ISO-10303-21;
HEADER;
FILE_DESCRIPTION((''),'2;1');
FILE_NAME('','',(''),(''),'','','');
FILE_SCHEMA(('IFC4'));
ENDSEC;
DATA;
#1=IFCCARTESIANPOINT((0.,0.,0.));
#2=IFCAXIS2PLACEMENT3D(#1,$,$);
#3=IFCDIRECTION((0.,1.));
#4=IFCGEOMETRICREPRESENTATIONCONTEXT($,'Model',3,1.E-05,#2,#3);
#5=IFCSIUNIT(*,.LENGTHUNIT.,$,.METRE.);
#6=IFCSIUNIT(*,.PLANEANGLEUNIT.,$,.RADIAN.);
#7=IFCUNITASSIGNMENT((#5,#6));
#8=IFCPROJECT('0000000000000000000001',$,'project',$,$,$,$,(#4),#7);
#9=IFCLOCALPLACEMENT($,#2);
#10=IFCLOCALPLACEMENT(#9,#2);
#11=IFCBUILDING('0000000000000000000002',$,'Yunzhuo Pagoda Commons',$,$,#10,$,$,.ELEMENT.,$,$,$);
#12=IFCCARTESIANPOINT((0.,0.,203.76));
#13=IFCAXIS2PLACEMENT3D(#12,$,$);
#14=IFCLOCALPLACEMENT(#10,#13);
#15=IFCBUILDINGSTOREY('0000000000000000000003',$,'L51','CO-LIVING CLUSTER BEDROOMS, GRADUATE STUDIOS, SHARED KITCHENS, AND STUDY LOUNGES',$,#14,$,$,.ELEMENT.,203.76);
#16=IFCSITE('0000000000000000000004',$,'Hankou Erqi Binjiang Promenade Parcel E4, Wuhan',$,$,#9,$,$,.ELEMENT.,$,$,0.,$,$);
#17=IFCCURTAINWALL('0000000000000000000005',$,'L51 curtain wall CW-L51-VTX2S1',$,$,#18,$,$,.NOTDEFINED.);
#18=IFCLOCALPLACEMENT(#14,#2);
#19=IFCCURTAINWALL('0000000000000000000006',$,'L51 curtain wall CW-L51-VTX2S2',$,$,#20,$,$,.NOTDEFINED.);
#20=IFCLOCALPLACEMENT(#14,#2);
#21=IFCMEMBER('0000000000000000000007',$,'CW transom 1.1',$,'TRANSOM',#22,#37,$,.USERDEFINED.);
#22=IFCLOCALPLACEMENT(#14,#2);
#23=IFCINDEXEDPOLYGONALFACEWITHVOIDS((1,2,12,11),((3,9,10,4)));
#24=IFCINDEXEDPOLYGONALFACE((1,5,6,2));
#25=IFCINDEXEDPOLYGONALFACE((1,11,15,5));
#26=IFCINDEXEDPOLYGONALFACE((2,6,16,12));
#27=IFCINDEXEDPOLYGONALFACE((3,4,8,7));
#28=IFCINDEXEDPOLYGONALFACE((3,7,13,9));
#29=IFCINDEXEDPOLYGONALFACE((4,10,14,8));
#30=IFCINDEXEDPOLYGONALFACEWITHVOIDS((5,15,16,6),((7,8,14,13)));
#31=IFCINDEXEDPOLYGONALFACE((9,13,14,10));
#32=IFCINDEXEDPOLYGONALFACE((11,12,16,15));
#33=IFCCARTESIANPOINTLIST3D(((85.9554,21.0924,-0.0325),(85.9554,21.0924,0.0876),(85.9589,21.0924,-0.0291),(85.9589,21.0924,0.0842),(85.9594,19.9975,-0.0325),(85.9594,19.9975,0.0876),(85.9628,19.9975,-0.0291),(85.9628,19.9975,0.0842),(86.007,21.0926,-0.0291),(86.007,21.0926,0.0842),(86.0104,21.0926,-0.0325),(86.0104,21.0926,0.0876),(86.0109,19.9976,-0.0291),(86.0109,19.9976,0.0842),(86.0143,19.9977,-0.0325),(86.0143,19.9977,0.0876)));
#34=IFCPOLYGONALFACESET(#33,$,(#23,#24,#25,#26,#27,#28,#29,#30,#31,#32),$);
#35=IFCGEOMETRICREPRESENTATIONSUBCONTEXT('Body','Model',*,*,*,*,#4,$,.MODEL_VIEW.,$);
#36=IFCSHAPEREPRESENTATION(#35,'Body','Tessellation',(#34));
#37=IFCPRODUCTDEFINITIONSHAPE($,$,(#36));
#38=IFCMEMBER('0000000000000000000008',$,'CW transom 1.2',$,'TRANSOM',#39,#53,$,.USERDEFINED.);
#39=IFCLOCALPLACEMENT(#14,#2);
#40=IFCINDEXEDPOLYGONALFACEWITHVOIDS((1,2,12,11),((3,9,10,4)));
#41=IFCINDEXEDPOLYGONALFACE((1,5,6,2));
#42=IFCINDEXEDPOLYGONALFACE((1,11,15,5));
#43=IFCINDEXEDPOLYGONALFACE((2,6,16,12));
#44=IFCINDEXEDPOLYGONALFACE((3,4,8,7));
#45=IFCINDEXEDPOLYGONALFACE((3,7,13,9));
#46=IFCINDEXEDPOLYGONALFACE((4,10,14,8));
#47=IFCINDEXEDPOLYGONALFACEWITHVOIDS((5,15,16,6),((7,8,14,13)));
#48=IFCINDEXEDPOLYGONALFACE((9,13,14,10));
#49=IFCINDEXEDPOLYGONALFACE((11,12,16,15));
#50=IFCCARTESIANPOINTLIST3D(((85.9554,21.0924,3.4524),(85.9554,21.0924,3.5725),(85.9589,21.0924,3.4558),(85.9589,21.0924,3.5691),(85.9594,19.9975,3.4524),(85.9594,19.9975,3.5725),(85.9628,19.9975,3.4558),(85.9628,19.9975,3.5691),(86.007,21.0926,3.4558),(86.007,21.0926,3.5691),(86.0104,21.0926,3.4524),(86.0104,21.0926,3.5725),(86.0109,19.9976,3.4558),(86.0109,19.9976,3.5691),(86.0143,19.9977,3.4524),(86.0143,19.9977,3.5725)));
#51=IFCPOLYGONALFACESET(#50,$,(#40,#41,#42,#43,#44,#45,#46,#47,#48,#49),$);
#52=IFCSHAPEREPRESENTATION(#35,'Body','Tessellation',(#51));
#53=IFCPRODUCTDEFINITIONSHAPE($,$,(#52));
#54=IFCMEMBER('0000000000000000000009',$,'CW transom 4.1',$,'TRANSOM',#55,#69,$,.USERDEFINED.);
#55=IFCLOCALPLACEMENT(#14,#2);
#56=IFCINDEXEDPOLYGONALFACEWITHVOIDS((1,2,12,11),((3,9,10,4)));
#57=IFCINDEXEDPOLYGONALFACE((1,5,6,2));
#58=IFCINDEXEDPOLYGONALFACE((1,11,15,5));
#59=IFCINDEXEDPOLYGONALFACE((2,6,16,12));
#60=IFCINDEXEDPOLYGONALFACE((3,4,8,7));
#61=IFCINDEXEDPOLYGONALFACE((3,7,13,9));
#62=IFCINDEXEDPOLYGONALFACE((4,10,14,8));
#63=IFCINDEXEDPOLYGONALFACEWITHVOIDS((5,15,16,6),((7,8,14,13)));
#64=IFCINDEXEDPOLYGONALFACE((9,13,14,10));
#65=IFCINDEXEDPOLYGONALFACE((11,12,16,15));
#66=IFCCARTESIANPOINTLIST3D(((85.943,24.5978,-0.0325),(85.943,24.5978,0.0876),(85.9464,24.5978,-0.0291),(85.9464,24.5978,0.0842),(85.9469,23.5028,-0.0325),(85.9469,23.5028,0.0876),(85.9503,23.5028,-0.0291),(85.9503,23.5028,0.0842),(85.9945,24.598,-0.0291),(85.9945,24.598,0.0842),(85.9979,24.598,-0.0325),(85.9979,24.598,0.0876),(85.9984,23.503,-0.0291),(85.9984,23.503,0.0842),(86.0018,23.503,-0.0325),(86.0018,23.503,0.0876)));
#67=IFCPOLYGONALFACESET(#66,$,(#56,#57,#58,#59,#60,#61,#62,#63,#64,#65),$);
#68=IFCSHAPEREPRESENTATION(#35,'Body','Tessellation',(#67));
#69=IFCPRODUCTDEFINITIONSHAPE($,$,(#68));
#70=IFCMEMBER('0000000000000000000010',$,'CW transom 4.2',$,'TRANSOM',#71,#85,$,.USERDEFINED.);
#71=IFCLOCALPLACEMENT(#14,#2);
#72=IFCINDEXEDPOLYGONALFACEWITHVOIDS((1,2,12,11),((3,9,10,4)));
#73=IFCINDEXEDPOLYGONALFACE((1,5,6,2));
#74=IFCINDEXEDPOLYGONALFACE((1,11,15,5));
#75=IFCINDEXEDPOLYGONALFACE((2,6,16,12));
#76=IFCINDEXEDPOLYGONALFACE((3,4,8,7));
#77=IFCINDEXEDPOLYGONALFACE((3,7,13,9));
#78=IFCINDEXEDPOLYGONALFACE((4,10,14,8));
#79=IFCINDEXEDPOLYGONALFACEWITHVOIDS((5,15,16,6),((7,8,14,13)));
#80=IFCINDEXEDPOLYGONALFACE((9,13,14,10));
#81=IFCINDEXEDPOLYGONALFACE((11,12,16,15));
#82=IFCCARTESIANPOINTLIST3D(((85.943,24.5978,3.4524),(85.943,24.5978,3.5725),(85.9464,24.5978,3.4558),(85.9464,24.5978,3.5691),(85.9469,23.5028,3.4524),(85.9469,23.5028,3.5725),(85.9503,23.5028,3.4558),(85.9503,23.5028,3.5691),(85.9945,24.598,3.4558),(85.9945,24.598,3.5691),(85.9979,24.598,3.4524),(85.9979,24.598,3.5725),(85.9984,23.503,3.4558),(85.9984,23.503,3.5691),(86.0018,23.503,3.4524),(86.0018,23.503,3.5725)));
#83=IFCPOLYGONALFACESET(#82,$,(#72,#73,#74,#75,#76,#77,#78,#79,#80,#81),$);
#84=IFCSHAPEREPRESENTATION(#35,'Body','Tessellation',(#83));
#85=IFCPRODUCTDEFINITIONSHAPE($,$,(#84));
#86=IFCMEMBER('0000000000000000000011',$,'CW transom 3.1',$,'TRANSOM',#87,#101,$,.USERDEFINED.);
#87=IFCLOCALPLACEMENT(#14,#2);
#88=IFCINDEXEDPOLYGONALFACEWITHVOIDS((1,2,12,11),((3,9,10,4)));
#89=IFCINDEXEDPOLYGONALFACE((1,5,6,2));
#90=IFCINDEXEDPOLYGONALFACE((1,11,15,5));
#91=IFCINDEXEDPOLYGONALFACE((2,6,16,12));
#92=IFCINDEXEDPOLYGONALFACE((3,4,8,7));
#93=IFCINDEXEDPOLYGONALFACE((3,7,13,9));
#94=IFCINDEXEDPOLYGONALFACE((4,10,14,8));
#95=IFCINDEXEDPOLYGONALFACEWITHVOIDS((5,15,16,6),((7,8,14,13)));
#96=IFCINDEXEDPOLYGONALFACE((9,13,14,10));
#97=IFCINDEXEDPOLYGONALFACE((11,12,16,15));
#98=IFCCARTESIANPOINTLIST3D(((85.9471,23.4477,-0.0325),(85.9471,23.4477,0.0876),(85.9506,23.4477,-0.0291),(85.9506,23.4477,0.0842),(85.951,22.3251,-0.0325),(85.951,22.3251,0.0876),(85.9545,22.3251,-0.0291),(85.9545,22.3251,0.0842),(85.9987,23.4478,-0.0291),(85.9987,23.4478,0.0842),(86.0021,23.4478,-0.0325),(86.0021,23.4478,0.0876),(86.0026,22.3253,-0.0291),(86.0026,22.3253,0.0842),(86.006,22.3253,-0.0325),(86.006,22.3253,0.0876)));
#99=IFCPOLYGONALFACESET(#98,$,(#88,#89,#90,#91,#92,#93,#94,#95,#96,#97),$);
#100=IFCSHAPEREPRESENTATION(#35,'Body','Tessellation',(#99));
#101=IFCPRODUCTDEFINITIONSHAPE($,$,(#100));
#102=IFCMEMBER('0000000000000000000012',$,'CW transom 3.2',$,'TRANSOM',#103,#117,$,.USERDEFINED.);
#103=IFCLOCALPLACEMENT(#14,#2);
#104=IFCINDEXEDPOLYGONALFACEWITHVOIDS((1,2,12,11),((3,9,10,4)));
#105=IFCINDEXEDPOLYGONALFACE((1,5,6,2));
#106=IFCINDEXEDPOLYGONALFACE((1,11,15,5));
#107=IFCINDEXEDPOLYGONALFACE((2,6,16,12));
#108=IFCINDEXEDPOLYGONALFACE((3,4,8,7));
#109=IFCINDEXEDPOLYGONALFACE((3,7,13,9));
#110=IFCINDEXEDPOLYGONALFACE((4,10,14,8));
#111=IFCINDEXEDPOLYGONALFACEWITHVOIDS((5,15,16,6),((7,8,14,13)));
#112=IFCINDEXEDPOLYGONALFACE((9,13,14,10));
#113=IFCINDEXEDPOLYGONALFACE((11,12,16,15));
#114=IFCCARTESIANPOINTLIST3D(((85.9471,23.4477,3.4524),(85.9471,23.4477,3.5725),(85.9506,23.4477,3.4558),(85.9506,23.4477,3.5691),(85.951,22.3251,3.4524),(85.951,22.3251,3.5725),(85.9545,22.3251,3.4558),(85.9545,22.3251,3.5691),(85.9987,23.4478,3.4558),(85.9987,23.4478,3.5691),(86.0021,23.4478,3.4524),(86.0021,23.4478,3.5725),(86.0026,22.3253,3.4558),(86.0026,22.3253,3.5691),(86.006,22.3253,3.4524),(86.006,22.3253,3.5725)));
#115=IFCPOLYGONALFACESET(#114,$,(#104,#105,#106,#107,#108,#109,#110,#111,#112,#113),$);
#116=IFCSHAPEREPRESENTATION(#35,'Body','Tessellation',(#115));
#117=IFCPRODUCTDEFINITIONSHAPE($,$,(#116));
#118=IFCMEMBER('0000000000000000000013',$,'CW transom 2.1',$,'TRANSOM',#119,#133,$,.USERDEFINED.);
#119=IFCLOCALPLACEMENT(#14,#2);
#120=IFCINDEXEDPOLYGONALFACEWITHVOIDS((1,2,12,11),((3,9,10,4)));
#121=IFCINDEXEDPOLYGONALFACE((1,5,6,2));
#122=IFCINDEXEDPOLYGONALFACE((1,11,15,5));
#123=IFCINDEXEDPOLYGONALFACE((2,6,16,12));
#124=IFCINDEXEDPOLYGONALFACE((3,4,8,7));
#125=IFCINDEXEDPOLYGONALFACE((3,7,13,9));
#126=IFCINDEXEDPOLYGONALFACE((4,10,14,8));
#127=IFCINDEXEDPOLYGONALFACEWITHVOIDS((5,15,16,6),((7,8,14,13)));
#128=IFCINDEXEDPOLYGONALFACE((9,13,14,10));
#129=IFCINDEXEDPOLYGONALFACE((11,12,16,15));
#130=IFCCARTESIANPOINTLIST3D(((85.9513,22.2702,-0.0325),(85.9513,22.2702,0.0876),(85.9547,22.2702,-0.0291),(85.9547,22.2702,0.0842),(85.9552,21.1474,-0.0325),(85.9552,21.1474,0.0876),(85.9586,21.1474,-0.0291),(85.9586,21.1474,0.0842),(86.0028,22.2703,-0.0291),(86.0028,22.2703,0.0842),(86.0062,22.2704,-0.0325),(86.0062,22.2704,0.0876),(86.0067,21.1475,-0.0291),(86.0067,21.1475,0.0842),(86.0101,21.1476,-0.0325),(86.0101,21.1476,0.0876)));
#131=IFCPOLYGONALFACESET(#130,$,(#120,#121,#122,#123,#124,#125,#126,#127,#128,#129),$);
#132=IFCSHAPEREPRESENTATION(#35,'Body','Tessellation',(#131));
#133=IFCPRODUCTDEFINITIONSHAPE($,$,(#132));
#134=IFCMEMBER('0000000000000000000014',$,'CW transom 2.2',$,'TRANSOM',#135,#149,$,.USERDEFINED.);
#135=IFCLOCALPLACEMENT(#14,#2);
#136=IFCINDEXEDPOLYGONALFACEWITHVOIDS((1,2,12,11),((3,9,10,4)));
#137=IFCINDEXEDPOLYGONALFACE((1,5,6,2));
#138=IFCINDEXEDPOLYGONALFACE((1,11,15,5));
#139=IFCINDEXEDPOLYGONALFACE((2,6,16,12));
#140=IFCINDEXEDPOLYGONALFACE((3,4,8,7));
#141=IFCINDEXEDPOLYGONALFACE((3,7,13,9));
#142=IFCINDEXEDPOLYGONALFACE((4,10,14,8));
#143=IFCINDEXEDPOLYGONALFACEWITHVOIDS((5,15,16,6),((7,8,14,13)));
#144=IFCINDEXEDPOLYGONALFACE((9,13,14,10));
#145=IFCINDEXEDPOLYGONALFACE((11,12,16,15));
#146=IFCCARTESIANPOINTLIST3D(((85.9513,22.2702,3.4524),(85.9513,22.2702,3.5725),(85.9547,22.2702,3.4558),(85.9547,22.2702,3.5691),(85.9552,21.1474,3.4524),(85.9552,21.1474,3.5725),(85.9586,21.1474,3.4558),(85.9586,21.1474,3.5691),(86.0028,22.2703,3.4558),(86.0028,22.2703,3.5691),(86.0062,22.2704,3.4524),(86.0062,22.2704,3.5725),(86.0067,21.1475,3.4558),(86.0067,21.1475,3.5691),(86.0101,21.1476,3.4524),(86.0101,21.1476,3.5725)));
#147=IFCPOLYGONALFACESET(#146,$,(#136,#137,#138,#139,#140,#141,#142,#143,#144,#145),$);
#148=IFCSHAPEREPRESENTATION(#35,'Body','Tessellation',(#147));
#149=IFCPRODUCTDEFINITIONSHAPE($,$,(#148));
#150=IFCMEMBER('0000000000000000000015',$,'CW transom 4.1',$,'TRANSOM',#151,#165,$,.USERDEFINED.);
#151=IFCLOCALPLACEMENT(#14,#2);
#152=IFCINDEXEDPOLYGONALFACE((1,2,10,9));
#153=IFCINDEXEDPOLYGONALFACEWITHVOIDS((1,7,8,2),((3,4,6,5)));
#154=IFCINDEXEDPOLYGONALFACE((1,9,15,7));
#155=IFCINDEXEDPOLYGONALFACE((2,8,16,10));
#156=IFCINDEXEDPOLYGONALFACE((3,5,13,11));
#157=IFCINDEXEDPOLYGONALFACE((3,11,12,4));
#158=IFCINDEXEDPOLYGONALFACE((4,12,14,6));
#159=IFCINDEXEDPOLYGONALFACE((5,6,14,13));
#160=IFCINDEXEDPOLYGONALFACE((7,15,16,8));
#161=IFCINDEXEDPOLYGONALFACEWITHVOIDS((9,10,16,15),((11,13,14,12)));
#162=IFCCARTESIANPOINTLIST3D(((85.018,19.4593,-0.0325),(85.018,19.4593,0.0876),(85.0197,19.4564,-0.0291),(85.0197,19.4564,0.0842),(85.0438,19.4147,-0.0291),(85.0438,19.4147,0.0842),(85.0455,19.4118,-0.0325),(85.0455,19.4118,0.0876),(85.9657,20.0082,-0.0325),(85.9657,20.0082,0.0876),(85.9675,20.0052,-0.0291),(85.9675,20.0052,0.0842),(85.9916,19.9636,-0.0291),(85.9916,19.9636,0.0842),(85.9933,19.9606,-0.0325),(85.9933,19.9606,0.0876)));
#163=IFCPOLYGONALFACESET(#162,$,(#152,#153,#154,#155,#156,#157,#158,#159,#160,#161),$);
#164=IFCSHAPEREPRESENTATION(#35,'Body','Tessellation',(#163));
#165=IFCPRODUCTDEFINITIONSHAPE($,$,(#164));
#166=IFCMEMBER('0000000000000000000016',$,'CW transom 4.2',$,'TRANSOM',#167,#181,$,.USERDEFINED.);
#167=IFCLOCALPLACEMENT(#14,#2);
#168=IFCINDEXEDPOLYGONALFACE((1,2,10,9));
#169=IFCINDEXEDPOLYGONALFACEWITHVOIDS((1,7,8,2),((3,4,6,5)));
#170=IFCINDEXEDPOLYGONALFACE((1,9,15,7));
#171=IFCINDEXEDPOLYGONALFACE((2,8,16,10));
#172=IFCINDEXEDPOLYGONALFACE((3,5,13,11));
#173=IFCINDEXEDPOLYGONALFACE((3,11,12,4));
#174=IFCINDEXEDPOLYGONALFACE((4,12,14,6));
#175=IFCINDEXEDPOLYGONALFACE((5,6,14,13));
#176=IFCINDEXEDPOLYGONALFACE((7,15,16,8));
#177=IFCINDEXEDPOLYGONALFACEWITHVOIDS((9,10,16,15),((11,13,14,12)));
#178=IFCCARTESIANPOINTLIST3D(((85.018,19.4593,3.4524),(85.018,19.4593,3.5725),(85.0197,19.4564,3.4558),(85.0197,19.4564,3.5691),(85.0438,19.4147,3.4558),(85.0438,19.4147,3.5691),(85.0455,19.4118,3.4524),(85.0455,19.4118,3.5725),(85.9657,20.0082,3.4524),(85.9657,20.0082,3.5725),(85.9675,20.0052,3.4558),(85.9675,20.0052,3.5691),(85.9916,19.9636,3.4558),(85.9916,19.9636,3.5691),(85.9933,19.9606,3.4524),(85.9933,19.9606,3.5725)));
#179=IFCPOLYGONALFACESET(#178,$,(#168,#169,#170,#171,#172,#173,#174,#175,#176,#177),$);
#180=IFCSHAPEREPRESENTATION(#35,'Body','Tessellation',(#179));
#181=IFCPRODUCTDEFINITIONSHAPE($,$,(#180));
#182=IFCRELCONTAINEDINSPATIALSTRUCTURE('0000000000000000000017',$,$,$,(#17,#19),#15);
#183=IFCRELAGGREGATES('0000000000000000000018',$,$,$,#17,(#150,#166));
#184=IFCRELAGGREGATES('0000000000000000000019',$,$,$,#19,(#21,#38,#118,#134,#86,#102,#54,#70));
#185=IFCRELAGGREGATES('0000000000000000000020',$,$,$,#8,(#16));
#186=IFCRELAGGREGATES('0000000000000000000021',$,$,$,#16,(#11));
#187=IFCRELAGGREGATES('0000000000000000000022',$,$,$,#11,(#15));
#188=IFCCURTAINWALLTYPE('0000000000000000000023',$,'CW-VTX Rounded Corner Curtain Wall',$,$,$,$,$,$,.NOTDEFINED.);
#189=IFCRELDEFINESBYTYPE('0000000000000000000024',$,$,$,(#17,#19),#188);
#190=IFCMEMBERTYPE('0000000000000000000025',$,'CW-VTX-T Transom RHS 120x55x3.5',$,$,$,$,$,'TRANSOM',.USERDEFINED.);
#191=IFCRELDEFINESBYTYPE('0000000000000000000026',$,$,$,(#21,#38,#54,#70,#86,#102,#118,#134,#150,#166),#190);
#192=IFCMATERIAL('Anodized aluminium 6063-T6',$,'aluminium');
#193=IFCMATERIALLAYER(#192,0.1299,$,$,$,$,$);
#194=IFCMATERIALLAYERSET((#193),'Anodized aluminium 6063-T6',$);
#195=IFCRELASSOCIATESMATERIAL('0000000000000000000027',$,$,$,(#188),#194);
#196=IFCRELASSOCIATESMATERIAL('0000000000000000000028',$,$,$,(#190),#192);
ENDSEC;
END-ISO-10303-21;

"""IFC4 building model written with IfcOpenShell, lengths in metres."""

from ifc_helpers import new_model, si_unit, direction, frame, origin, origin_2d, place, context, subcontext, project, spatial, hollow_rectangle, extrude, source, transform, mapped, material, layer, layer_set, material_profile, profile_set, type_object, element, aggregate, save


model = new_model("IFC4")

# Units and contexts
model_context = context("Model", 3, precision=1e-05, world=origin(), true_north=direction((0.0, 1.0)))
body_context = subcontext(model_context, "Body", "Model", "MODEL_VIEW")
ifc_project = project(units=[si_unit("LENGTHUNIT", "METRE"), si_unit("PLANEANGLEUNIT", "RADIAN")], contexts=[model_context])

# Site, building, storey
site_placement = place(None, origin())
site = spatial("IfcSite", under=ifc_project, at=site_placement, Name="Hankou Erqi Binjiang Promenade Parcel E4, Wuhan", CompositionType="ELEMENT", RefElevation=0.0)
building_placement = place(site_placement, origin())
building = spatial("IfcBuilding", under=site, at=building_placement, Name="Yunzhuo Pagoda Commons", CompositionType="ELEMENT")
storey_placement = place(building_placement, frame((0.0, 0.0, 203.76)))
storey = spatial("IfcBuildingStorey", under=building, at=storey_placement, Name="L51", Description="CO-LIVING CLUSTER BEDROOMS, GRADUATE STUDIOS, SHARED KITCHENS, AND STUDY LOUNGES", CompositionType="ELEMENT", Elevation=203.76)

# Curtain wall
ifc_material_1 = material(Name="Anodized aluminium 6063-T6", Category="aluminium")
ifc_layer_1 = layer(ifc_material_1, 0.1299)
ifc_layer_set_1 = layer_set([ifc_layer_1], Name="Anodized aluminium 6063-T6")
curtain_wall_type_1 = type_object("IfcCurtainWallType", Name="CW-VTX Rounded Corner Curtain Wall", PredefinedType="NOTDEFINED", material=ifc_layer_set_1)
curtain_wall_1_placement = place(storey_placement, origin())
curtain_wall_1 = element("IfcCurtainWall", 1, at=curtain_wall_1_placement, inside=storey, type_object=curtain_wall_type_1, Name="L51 curtain wall CW-L51-VTX2S1", PredefinedType="NOTDEFINED")

# Curtain wall
curtain_wall_2_placement = place(storey_placement, origin())
curtain_wall_2 = element("IfcCurtainWall", 2, at=curtain_wall_2_placement, inside=storey, type_object=curtain_wall_type_1, Name="L51 curtain wall CW-L51-VTX2S2", PredefinedType="NOTDEFINED")

# Members
ifc_material_profile_1 = material_profile(ifc_material_1, hollow_rectangle(XDim=0.0549, YDim=0.1201, WallThickness=0.0034, at=origin_2d()), Name="Anodized aluminium 6063-T6")
ifc_profile_set_1 = profile_set([ifc_material_profile_1], Name="Anodized aluminium 6063-T6")
member_type_1 = type_object("IfcMemberType", Name="CW-VTX-T Transom RHS 120x55x3.5", ElementType="TRANSOM", PredefinedType="USERDEFINED", material=ifc_profile_set_1)
shared_shape_1 = source(origin(), body_context, "Body", "SweptSolid", [
    extrude(hollow_rectangle(XDim=0.0549, YDim=0.1201, WallThickness=0.0034, at=origin_2d()), origin(), (0.0, 0.0, 1.0), 1.095),
])
member_1_placement = place(storey_placement, frame((85.9868, 19.9976, 0.0276), z_axis=(-0.003567, 0.999994, 0.0), x_axis=(-0.999994, -0.003567, 0.0)))
member_1 = element("IfcMember", 3, at=member_1_placement, type_object=member_type_1, Name="CW transom 1.1", ObjectType="TRANSOM", PredefinedType="USERDEFINED", context=body_context, shape_type="MappedRepresentation", body=[
    mapped(shared_shape_1, transform((0.0, 0.0, 0.0), scale=1.0)),
])
member_2_placement = place(storey_placement, frame((85.9868, 19.9976, 3.5125), z_axis=(-0.003567, 0.999994, 0.0), x_axis=(-0.999994, -0.003567, 0.0)))
member_2 = element("IfcMember", 4, at=member_2_placement, type_object=member_type_1, Name="CW transom 1.2", ObjectType="TRANSOM", PredefinedType="USERDEFINED", context=body_context, shape_type="MappedRepresentation", body=[
    mapped(shared_shape_1, transform((0.0, 0.0, 0.0), scale=1.0)),
])
member_3_placement = place(storey_placement, frame((85.9744, 23.5029, 0.0276), z_axis=(-0.003567, 0.999994, 0.0), x_axis=(-0.999994, -0.003567, 0.0)))
member_3 = element("IfcMember", 5, at=member_3_placement, type_object=member_type_1, Name="CW transom 4.1", ObjectType="TRANSOM", PredefinedType="USERDEFINED", context=body_context, shape_type="MappedRepresentation", body=[
    mapped(shared_shape_1, transform((0.0, 0.0, 0.0), scale=1.0)),
])
member_4_placement = place(storey_placement, frame((85.9744, 23.5029, 3.5125), z_axis=(-0.003567, 0.999994, 0.0), x_axis=(-0.999994, -0.003567, 0.0)))
member_4 = element("IfcMember", 6, at=member_4_placement, type_object=member_type_1, Name="CW transom 4.2", ObjectType="TRANSOM", PredefinedType="USERDEFINED", context=body_context, shape_type="MappedRepresentation", body=[
    mapped(shared_shape_1, transform((0.0, 0.0, 0.0), scale=1.0)),
])
shared_shape_2 = source(origin(), body_context, "Body", "SweptSolid", [
    extrude(hollow_rectangle(XDim=0.0549, YDim=0.1201, WallThickness=0.0034, at=origin_2d()), origin(), (0.0, 0.0, 1.0), 1.1226),
])
member_5_placement = place(storey_placement, frame((85.9785, 22.3252, 0.0276), z_axis=(-0.00348, 0.999994, 0.0), x_axis=(-0.999994, -0.00348, 0.0)))
member_5 = element("IfcMember", 7, at=member_5_placement, type_object=member_type_1, Name="CW transom 3.1", ObjectType="TRANSOM", PredefinedType="USERDEFINED", context=body_context, shape_type="MappedRepresentation", body=[
    mapped(shared_shape_2, transform((0.0, 0.0, 0.0), scale=1.0)),
])
member_6_placement = place(storey_placement, frame((85.9785, 22.3252, 3.5125), z_axis=(-0.00348, 0.999994, 0.0), x_axis=(-0.999994, -0.00348, 0.0)))
member_6 = element("IfcMember", 8, at=member_6_placement, type_object=member_type_1, Name="CW transom 3.2", ObjectType="TRANSOM", PredefinedType="USERDEFINED", context=body_context, shape_type="MappedRepresentation", body=[
    mapped(shared_shape_2, transform((0.0, 0.0, 0.0), scale=1.0)),
])
shared_shape_3 = source(origin(), body_context, "Body", "SweptSolid", [
    extrude(hollow_rectangle(XDim=0.0549, YDim=0.1201, WallThickness=0.0034, at=origin_2d()), origin(), (0.0, 0.0, 1.0), 1.1228),
])
member_7_placement = place(storey_placement, frame((85.9827, 21.1475, 0.0276), z_axis=(-0.003479, 0.999994, 0.0), x_axis=(-0.999994, -0.003479, 0.0)))
member_7 = element("IfcMember", 9, at=member_7_placement, type_object=member_type_1, Name="CW transom 2.1", ObjectType="TRANSOM", PredefinedType="USERDEFINED", context=body_context, shape_type="MappedRepresentation", body=[
    mapped(shared_shape_3, transform((0.0, 0.0, 0.0), scale=1.0)),
])
member_8_placement = place(storey_placement, frame((85.9827, 21.1475, 3.5125), z_axis=(-0.003479, 0.999994, 0.0), x_axis=(-0.999994, -0.003479, 0.0)))
member_8 = element("IfcMember", 10, at=member_8_placement, type_object=member_type_1, Name="CW transom 2.2", ObjectType="TRANSOM", PredefinedType="USERDEFINED", context=body_context, shape_type="MappedRepresentation", body=[
    mapped(shared_shape_3, transform((0.0, 0.0, 0.0), scale=1.0)),
])
shared_shape_4 = source(origin(), body_context, "Body", "SweptSolid", [
    extrude(hollow_rectangle(XDim=0.0549, YDim=0.1201, WallThickness=0.0034, at=origin_2d()), origin(), (0.0, 0.0, 1.0), 1.0952),
])
member_9_placement = place(storey_placement, frame((85.0317, 19.4355, 0.0276), z_axis=(0.865375, 0.501124, 0.0), x_axis=(-0.501124, 0.865375, 0.0)))
member_9 = element("IfcMember", 11, at=member_9_placement, type_object=member_type_1, Name="CW transom 4.1", ObjectType="TRANSOM", PredefinedType="USERDEFINED", context=body_context, shape_type="MappedRepresentation", body=[
    mapped(shared_shape_4, transform((0.0, 0.0, 0.0), scale=1.0)),
])
member_10_placement = place(storey_placement, frame((85.0317, 19.4355, 3.5125), z_axis=(0.865375, 0.501124, 0.0), x_axis=(-0.501124, 0.865375, 0.0)))
member_10 = element("IfcMember", 12, at=member_10_placement, type_object=member_type_1, Name="CW transom 4.2", ObjectType="TRANSOM", PredefinedType="USERDEFINED", context=body_context, shape_type="MappedRepresentation", body=[
    mapped(shared_shape_4, transform((0.0, 0.0, 0.0), scale=1.0)),
])

aggregate(curtain_wall_1, [member_9, member_10])
aggregate(curtain_wall_2, [member_1, member_2, member_7, member_8, member_5, member_6, member_3, member_4])

save(model, "model.ifc")
